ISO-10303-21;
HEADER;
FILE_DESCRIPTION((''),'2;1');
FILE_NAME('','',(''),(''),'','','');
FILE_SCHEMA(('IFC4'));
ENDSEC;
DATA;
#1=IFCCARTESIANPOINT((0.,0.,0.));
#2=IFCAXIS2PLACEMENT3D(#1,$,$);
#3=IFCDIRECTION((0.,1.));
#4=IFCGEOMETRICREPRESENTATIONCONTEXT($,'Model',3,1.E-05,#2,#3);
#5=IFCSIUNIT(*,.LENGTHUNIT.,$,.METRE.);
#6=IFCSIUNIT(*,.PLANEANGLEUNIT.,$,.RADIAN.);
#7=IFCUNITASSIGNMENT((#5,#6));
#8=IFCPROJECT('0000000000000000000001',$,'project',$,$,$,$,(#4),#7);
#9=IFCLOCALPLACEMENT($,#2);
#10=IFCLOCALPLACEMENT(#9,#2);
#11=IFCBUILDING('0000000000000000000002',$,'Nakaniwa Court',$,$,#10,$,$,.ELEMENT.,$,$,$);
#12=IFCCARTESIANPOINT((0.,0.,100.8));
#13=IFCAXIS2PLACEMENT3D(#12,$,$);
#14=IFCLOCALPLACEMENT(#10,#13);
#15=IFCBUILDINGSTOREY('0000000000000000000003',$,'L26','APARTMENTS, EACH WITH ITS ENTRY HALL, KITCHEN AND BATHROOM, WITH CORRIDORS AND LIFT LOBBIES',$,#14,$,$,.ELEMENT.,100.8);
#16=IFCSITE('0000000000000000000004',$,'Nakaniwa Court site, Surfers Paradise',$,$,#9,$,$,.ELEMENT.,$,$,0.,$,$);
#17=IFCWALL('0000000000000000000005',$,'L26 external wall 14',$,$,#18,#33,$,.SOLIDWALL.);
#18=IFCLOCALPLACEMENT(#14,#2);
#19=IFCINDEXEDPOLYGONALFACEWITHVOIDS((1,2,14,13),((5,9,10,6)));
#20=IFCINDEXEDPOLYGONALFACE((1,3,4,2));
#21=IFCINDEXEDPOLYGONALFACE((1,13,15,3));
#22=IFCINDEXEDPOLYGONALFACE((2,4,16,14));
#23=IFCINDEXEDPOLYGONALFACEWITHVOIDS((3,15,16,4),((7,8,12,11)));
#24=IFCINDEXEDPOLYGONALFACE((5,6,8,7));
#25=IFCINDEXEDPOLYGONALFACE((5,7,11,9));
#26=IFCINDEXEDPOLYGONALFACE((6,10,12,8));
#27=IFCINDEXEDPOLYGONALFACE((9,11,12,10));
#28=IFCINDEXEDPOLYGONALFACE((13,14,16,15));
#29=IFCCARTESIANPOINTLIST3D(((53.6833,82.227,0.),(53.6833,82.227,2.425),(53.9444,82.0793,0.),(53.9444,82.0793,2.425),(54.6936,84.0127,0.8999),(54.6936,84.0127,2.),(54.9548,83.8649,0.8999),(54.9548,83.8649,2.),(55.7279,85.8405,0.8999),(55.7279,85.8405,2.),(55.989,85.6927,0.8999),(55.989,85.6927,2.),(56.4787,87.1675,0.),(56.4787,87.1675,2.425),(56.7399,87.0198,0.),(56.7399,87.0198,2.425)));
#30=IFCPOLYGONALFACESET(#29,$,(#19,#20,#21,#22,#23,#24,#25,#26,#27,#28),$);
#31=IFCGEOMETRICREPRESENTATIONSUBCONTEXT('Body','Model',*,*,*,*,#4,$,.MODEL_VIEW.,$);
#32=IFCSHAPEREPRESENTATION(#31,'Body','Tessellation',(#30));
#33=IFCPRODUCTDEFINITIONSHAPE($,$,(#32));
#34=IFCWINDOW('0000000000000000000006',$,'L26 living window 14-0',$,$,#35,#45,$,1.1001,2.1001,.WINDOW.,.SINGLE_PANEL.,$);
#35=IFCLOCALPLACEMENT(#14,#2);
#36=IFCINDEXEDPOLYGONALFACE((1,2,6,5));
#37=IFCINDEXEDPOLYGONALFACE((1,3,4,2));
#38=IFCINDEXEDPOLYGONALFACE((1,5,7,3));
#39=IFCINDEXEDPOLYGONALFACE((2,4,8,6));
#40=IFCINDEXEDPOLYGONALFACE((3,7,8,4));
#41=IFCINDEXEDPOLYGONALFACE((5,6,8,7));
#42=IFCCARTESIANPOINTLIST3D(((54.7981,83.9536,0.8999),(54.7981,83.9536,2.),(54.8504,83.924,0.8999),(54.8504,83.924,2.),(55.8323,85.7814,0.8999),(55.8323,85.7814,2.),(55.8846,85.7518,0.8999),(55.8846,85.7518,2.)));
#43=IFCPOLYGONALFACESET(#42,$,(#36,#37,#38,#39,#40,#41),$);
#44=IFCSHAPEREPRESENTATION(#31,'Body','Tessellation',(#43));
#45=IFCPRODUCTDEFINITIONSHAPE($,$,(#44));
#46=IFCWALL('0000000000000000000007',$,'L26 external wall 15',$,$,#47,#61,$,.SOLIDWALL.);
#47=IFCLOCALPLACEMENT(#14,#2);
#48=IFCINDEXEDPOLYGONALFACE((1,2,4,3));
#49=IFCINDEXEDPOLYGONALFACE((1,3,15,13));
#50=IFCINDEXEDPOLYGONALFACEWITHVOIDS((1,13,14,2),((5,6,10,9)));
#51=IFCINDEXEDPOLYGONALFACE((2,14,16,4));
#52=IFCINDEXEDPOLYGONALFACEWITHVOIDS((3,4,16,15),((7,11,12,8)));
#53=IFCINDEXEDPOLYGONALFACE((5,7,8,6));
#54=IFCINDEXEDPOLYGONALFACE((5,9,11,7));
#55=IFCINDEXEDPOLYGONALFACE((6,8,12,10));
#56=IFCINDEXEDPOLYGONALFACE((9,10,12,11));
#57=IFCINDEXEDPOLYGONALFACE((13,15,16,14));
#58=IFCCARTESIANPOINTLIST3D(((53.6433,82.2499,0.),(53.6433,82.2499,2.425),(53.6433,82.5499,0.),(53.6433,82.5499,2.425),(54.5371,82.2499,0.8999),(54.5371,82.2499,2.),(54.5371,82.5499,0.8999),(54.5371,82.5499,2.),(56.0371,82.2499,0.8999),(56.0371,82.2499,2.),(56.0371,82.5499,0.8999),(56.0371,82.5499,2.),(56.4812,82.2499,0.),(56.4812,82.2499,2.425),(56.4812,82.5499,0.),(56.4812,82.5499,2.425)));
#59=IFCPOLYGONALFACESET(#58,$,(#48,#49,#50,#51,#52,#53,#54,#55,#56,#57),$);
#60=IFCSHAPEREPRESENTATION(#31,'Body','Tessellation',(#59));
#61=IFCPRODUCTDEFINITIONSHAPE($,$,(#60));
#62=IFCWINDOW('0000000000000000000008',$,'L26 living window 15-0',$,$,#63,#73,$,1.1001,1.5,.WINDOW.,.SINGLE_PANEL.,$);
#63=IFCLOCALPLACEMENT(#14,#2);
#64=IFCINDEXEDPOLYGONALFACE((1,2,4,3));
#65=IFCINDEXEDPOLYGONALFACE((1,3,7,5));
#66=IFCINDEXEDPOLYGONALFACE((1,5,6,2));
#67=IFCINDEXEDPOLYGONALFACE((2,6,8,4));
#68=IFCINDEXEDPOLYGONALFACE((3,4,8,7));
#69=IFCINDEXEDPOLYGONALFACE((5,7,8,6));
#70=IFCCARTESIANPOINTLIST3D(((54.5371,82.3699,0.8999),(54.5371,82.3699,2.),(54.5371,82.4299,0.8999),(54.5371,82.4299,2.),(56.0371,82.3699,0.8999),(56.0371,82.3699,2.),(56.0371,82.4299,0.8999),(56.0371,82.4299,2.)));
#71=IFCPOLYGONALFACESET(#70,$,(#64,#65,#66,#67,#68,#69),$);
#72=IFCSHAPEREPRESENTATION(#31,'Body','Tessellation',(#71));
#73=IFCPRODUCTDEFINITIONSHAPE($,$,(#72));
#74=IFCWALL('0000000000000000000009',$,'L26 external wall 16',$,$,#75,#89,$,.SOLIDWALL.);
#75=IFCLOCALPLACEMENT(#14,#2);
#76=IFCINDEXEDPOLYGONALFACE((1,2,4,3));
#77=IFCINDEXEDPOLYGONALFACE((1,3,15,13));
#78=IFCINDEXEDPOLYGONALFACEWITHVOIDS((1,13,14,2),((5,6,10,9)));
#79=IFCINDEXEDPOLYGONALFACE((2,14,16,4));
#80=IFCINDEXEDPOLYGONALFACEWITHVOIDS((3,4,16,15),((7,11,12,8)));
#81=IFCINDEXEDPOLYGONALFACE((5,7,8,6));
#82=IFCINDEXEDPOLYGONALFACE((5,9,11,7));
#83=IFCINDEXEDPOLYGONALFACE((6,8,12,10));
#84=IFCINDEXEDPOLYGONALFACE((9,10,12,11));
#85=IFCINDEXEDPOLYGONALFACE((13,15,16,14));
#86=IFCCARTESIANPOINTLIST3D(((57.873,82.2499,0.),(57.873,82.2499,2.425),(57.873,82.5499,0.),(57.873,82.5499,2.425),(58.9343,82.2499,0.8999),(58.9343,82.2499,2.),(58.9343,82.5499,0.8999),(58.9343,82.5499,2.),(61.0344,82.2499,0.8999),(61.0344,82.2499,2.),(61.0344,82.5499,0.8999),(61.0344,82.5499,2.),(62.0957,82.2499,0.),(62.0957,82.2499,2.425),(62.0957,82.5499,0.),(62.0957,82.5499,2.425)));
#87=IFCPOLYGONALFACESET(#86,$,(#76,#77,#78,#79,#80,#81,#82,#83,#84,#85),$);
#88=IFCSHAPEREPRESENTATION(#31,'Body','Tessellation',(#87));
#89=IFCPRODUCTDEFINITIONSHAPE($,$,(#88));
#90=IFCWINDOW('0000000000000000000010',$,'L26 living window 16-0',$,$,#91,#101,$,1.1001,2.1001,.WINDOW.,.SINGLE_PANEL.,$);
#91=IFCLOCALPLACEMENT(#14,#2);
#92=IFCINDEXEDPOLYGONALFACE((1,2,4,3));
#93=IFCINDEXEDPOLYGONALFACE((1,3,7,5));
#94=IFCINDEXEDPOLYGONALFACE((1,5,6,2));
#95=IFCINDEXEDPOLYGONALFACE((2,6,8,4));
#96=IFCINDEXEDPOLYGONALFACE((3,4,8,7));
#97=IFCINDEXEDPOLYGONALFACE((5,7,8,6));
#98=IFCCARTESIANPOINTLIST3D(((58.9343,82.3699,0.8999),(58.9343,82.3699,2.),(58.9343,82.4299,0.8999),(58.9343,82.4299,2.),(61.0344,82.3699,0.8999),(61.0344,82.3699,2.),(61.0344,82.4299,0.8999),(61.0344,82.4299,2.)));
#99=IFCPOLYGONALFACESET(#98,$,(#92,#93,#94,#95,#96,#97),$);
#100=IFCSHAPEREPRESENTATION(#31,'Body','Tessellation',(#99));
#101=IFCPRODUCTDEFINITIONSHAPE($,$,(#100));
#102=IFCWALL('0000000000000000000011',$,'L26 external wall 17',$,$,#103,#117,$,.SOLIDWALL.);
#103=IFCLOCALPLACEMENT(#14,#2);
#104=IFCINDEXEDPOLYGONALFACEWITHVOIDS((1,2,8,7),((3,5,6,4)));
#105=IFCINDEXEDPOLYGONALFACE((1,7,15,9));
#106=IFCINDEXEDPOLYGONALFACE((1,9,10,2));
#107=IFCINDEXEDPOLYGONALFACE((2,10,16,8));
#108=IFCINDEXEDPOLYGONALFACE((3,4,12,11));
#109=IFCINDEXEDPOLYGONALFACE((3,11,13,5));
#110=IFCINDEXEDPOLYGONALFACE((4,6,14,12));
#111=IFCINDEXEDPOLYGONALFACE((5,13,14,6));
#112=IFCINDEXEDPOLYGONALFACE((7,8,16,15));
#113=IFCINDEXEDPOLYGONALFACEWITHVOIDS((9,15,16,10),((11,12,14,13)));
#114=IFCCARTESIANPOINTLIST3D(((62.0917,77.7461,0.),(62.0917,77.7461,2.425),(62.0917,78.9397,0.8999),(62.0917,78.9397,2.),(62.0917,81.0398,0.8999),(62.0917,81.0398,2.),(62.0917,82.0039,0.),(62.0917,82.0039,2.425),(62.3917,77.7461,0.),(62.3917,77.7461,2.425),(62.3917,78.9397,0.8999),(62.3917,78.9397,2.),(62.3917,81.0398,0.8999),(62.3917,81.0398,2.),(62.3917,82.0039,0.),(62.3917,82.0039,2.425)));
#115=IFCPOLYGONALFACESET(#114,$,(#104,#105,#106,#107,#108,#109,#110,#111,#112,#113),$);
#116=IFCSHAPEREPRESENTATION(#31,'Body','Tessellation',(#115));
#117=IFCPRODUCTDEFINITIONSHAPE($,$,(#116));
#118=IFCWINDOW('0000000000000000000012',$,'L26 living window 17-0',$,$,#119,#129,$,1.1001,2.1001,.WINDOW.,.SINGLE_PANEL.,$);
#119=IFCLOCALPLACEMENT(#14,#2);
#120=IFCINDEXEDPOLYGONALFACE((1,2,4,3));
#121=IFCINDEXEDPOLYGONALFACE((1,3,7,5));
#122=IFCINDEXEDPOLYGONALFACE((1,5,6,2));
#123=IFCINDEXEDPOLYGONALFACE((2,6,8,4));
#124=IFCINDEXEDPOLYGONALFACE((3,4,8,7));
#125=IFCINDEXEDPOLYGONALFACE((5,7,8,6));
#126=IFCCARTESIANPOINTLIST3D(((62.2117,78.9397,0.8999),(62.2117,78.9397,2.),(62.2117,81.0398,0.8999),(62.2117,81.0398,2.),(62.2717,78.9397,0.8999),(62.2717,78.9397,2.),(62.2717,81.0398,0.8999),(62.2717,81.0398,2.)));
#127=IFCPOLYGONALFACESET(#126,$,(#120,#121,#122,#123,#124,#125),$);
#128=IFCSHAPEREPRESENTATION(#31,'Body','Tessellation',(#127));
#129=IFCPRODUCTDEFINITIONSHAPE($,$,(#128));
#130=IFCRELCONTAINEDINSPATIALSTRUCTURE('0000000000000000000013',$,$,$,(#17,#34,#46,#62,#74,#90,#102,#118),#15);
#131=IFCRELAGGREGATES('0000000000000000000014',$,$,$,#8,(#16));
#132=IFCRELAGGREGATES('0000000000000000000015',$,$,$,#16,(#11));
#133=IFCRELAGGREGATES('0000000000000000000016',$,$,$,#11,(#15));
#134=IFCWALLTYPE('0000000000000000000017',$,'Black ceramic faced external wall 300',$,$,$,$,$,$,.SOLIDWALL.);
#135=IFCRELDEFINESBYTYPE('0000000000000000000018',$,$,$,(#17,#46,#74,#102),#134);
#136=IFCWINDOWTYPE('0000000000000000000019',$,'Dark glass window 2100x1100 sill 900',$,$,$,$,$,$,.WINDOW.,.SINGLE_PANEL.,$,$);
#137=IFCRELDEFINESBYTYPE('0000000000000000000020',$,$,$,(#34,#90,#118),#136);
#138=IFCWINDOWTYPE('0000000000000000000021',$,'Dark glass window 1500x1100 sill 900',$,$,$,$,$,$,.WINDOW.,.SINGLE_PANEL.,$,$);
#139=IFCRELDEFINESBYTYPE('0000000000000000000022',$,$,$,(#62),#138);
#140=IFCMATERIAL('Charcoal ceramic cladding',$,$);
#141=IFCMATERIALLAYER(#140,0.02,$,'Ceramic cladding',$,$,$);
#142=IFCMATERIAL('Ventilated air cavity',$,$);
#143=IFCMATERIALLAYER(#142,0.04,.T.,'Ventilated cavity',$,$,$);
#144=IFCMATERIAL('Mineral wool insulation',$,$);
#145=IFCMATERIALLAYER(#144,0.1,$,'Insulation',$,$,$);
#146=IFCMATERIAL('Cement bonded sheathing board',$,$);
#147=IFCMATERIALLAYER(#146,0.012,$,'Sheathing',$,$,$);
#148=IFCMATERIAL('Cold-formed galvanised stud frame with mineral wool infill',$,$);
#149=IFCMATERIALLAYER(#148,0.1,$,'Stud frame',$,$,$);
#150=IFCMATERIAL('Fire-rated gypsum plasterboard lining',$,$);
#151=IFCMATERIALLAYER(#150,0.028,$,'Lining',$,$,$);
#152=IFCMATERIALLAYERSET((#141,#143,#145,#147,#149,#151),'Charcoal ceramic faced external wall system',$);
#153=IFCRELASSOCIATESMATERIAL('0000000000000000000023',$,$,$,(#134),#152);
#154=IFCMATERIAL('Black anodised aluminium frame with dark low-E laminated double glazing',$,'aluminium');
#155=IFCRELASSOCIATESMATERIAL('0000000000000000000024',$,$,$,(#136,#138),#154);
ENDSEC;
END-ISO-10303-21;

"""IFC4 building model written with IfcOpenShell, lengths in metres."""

from ifc_helpers import new_model, si_unit, direction, frame, frame_2d, origin, place, context, subcontext, project, spatial, rectangle, extrude, material, layer, layer_set, type_object, element, fill, save


model = new_model("IFC4")

# Units and contexts
model_context = context("Model", 3, precision=1e-05, world=origin(), true_north=direction((0.0, 1.0)))
body_context = subcontext(model_context, "Body", "Model", "MODEL_VIEW")
ifc_project = project(units=[si_unit("LENGTHUNIT", "METRE"), si_unit("PLANEANGLEUNIT", "RADIAN")], contexts=[model_context])

# Site, building, storey
site_placement = place(None, origin())
site = spatial("IfcSite", under=ifc_project, at=site_placement, Name="Nakaniwa Court site, Surfers Paradise", CompositionType="ELEMENT", RefElevation=0.0)
building_placement = place(site_placement, origin())
building = spatial("IfcBuilding", under=site, at=building_placement, Name="Nakaniwa Court", CompositionType="ELEMENT")
storey_placement = place(building_placement, frame((0.0, 0.0, 100.8)))
storey = spatial("IfcBuildingStorey", under=building, at=storey_placement, Name="L26", Description="APARTMENTS, EACH WITH ITS ENTRY HALL, KITCHEN AND BATHROOM, WITH CORRIDORS AND LIFT LOBBIES", CompositionType="ELEMENT", Elevation=100.8)

# Walls, openings, windows
ifc_material_1 = material(Name="Charcoal ceramic cladding")
ifc_layer_1 = layer(ifc_material_1, 0.02, Name="Ceramic cladding")
ifc_material_2 = material(Name="Ventilated air cavity")
ifc_layer_2 = layer(ifc_material_2, 0.04, ventilated=True, Name="Ventilated cavity")
ifc_material_3 = material(Name="Mineral wool insulation")
ifc_layer_3 = layer(ifc_material_3, 0.1, Name="Insulation")
ifc_material_4 = material(Name="Cement bonded sheathing board")
ifc_layer_4 = layer(ifc_material_4, 0.012, Name="Sheathing")
ifc_material_5 = material(Name="Cold-formed galvanised stud frame with mineral wool infill")
ifc_layer_5 = layer(ifc_material_5, 0.1, Name="Stud frame")
ifc_material_6 = material(Name="Fire-rated gypsum plasterboard lining")
ifc_layer_6 = layer(ifc_material_6, 0.028, Name="Lining")
ifc_layer_set_1 = layer_set([ifc_layer_1, ifc_layer_2, ifc_layer_3, ifc_layer_4, ifc_layer_5, ifc_layer_6], Name="Charcoal ceramic faced external wall system")
wall_type_1 = type_object("IfcWallType", Name="Black ceramic faced external wall 300", PredefinedType="SOLIDWALL", material=ifc_layer_set_1)
ifc_material_7 = material(Name="Black anodised aluminium frame with dark low-E laminated double glazing", Category="aluminium")
window_type_1 = type_object("IfcWindowType", Name="Dark glass window 2100x1100 sill 900", PartitioningType="SINGLE_PANEL", PredefinedType="WINDOW", material=ifc_material_7)
wall_1_placement = place(storey_placement, frame((56.6094, 87.0938, 0.0), z_axis=(0.0, 0.0, 1.0), x_axis=(-0.492457, -0.870337, 0.0)))
wall_1 = element("IfcWall", 1, at=wall_1_placement, inside=storey, type_object=wall_type_1, Name="L26 external wall 14", PredefinedType="SOLIDWALL", context=body_context, shape_type="SweptSolid", body=[
    extrude(rectangle(XDim=5.6765, YDim=0.3, at=frame_2d((2.8384, 0.0))), origin(), (0.0, 0.0, 1.0), 2.425),
])
opening_1_placement = place(wall_1_placement, frame((1.5249, 0.0, 0.8999)))
opening_1 = element("IfcOpeningElement", 2, at=opening_1_placement, cuts=wall_1, PredefinedType="OPENING", context=body_context, shape_type="SweptSolid", body=[
    extrude(rectangle(XDim=2.1001, YDim=1.1001, at=frame_2d((1.05, 0.55))), frame((0.0, 0.1599, 0.0), z_axis=(0.0, -1.0, 0.0), x_axis=(1.0, 0.0, 0.0)), (0.0, 0.0, 1.0), 0.3201),
])
window_1_placement = place(opening_1_placement, origin())
window_1 = element("IfcWindow", 3, at=window_1_placement, inside=storey, type_object=window_type_1, Name="L26 living window 14-0", OverallHeight=1.1001, OverallWidth=2.1001, PartitioningType="SINGLE_PANEL", PredefinedType="WINDOW", context=body_context, shape_type="SweptSolid", body=[
    extrude(rectangle(XDim=2.1001, YDim=1.1001, at=frame_2d((1.05, 0.55))), frame((0.0, 0.03, 0.0), z_axis=(0.0, -1.0, 0.0), x_axis=(1.0, 0.0, 0.0)), (0.0, 0.0, 1.0), 0.0601),
])
fill(opening_1, window_1)
wall_2_placement = place(storey_placement, frame((53.6433, 82.3999, 0.0), z_axis=(0.0, 0.0, 1.0), x_axis=(1.0, 0.0, 0.0)))
wall_2 = element("IfcWall", 4, at=wall_2_placement, inside=storey, type_object=wall_type_1, Name="L26 external wall 15", PredefinedType="SOLIDWALL", context=body_context, shape_type="SweptSolid", body=[
    extrude(rectangle(XDim=2.8379, YDim=0.3, at=frame_2d((1.4189, 0.0))), origin(), (0.0, 0.0, 1.0), 2.425),
])
opening_2_placement = place(wall_2_placement, frame((0.8938, 0.0, 0.8999)))
opening_2 = element("IfcOpeningElement", 5, at=opening_2_placement, cuts=wall_2, PredefinedType="OPENING", context=body_context, shape_type="SweptSolid", body=[
    extrude(rectangle(XDim=1.5, YDim=1.1001, at=frame_2d((0.75, 0.55))), frame((0.0, 0.1599, 0.0), z_axis=(0.0, -1.0, 0.0), x_axis=(1.0, 0.0, 0.0)), (0.0, 0.0, 1.0), 0.3201),
])
window_type_2 = type_object("IfcWindowType", Name="Dark glass window 1500x1100 sill 900", PartitioningType="SINGLE_PANEL", PredefinedType="WINDOW", material=ifc_material_7)
window_2_placement = place(opening_2_placement, origin())
window_2 = element("IfcWindow", 6, at=window_2_placement, inside=storey, type_object=window_type_2, Name="L26 living window 15-0", OverallHeight=1.1001, OverallWidth=1.5, PartitioningType="SINGLE_PANEL", PredefinedType="WINDOW", context=body_context, shape_type="SweptSolid", body=[
    extrude(rectangle(XDim=1.5, YDim=1.1001, at=frame_2d((0.75, 0.55))), frame((0.0, 0.03, 0.0), z_axis=(0.0, -1.0, 0.0), x_axis=(1.0, 0.0, 0.0)), (0.0, 0.0, 1.0), 0.0601),
])
fill(opening_2, window_2)
wall_3_placement = place(storey_placement, frame((57.873, 82.3999, 0.0), z_axis=(0.0, 0.0, 1.0), x_axis=(1.0, 0.0, 0.0)))
wall_3 = element("IfcWall", 7, at=wall_3_placement, inside=storey, type_object=wall_type_1, Name="L26 external wall 16", PredefinedType="SOLIDWALL", context=body_context, shape_type="SweptSolid", body=[
    extrude(rectangle(XDim=4.2227, YDim=0.3, at=frame_2d((2.1113, 0.0))), origin(), (0.0, 0.0, 1.0), 2.425),
])
opening_3_placement = place(wall_3_placement, frame((1.0613, 0.0, 0.8999)))
opening_3 = element("IfcOpeningElement", 8, at=opening_3_placement, cuts=wall_3, PredefinedType="OPENING", context=body_context, shape_type="SweptSolid", body=[
    extrude(rectangle(XDim=2.1001, YDim=1.1001, at=frame_2d((1.05, 0.55))), frame((0.0, 0.1599, 0.0), z_axis=(0.0, -1.0, 0.0), x_axis=(1.0, 0.0, 0.0)), (0.0, 0.0, 1.0), 0.3201),
])
window_3_placement = place(opening_3_placement, origin())
window_3 = element("IfcWindow", 9, at=window_3_placement, inside=storey, type_object=window_type_1, Name="L26 living window 16-0", OverallHeight=1.1001, OverallWidth=2.1001, PartitioningType="SINGLE_PANEL", PredefinedType="WINDOW", context=body_context, shape_type="SweptSolid", body=[
    extrude(rectangle(XDim=2.1001, YDim=1.1001, at=frame_2d((1.05, 0.55))), frame((0.0, 0.03, 0.0), z_axis=(0.0, -1.0, 0.0), x_axis=(1.0, 0.0, 0.0)), (0.0, 0.0, 1.0), 0.0601),
])
fill(opening_3, window_3)
wall_4_placement = place(storey_placement, frame((62.2417, 82.0039, 0.0), z_axis=(0.0, 0.0, 1.0), x_axis=(0.0, -1.0, 0.0)))
wall_4 = element("IfcWall", 10, at=wall_4_placement, inside=storey, type_object=wall_type_1, Name="L26 external wall 17", PredefinedType="SOLIDWALL", context=body_context, shape_type="SweptSolid", body=[
    extrude(rectangle(XDim=4.2578, YDim=0.3, at=frame_2d((2.1289, 0.0))), origin(), (0.0, 0.0, 1.0), 2.425),
])
opening_4_placement = place(wall_4_placement, frame((0.9641, 0.0, 0.8999)))
opening_4 = element("IfcOpeningElement", 11, at=opening_4_placement, cuts=wall_4, PredefinedType="OPENING", context=body_context, shape_type="SweptSolid", body=[
    extrude(rectangle(XDim=2.1001, YDim=1.1001, at=frame_2d((1.05, 0.55))), frame((0.0, 0.1599, 0.0), z_axis=(0.0, -1.0, 0.0), x_axis=(1.0, 0.0, 0.0)), (0.0, 0.0, 1.0), 0.3201),
])
window_4_placement = place(opening_4_placement, origin())
window_4 = element("IfcWindow", 12, at=window_4_placement, inside=storey, type_object=window_type_1, Name="L26 living window 17-0", OverallHeight=1.1001, OverallWidth=2.1001, PartitioningType="SINGLE_PANEL", PredefinedType="WINDOW", context=body_context, shape_type="SweptSolid", body=[
    extrude(rectangle(XDim=2.1001, YDim=1.1001, at=frame_2d((1.05, 0.55))), frame((0.0, 0.03, 0.0), z_axis=(0.0, -1.0, 0.0), x_axis=(1.0, 0.0, 0.0)), (0.0, 0.0, 1.0), 0.0601),
])
fill(opening_4, window_4)

save(model, "model.ifc")
